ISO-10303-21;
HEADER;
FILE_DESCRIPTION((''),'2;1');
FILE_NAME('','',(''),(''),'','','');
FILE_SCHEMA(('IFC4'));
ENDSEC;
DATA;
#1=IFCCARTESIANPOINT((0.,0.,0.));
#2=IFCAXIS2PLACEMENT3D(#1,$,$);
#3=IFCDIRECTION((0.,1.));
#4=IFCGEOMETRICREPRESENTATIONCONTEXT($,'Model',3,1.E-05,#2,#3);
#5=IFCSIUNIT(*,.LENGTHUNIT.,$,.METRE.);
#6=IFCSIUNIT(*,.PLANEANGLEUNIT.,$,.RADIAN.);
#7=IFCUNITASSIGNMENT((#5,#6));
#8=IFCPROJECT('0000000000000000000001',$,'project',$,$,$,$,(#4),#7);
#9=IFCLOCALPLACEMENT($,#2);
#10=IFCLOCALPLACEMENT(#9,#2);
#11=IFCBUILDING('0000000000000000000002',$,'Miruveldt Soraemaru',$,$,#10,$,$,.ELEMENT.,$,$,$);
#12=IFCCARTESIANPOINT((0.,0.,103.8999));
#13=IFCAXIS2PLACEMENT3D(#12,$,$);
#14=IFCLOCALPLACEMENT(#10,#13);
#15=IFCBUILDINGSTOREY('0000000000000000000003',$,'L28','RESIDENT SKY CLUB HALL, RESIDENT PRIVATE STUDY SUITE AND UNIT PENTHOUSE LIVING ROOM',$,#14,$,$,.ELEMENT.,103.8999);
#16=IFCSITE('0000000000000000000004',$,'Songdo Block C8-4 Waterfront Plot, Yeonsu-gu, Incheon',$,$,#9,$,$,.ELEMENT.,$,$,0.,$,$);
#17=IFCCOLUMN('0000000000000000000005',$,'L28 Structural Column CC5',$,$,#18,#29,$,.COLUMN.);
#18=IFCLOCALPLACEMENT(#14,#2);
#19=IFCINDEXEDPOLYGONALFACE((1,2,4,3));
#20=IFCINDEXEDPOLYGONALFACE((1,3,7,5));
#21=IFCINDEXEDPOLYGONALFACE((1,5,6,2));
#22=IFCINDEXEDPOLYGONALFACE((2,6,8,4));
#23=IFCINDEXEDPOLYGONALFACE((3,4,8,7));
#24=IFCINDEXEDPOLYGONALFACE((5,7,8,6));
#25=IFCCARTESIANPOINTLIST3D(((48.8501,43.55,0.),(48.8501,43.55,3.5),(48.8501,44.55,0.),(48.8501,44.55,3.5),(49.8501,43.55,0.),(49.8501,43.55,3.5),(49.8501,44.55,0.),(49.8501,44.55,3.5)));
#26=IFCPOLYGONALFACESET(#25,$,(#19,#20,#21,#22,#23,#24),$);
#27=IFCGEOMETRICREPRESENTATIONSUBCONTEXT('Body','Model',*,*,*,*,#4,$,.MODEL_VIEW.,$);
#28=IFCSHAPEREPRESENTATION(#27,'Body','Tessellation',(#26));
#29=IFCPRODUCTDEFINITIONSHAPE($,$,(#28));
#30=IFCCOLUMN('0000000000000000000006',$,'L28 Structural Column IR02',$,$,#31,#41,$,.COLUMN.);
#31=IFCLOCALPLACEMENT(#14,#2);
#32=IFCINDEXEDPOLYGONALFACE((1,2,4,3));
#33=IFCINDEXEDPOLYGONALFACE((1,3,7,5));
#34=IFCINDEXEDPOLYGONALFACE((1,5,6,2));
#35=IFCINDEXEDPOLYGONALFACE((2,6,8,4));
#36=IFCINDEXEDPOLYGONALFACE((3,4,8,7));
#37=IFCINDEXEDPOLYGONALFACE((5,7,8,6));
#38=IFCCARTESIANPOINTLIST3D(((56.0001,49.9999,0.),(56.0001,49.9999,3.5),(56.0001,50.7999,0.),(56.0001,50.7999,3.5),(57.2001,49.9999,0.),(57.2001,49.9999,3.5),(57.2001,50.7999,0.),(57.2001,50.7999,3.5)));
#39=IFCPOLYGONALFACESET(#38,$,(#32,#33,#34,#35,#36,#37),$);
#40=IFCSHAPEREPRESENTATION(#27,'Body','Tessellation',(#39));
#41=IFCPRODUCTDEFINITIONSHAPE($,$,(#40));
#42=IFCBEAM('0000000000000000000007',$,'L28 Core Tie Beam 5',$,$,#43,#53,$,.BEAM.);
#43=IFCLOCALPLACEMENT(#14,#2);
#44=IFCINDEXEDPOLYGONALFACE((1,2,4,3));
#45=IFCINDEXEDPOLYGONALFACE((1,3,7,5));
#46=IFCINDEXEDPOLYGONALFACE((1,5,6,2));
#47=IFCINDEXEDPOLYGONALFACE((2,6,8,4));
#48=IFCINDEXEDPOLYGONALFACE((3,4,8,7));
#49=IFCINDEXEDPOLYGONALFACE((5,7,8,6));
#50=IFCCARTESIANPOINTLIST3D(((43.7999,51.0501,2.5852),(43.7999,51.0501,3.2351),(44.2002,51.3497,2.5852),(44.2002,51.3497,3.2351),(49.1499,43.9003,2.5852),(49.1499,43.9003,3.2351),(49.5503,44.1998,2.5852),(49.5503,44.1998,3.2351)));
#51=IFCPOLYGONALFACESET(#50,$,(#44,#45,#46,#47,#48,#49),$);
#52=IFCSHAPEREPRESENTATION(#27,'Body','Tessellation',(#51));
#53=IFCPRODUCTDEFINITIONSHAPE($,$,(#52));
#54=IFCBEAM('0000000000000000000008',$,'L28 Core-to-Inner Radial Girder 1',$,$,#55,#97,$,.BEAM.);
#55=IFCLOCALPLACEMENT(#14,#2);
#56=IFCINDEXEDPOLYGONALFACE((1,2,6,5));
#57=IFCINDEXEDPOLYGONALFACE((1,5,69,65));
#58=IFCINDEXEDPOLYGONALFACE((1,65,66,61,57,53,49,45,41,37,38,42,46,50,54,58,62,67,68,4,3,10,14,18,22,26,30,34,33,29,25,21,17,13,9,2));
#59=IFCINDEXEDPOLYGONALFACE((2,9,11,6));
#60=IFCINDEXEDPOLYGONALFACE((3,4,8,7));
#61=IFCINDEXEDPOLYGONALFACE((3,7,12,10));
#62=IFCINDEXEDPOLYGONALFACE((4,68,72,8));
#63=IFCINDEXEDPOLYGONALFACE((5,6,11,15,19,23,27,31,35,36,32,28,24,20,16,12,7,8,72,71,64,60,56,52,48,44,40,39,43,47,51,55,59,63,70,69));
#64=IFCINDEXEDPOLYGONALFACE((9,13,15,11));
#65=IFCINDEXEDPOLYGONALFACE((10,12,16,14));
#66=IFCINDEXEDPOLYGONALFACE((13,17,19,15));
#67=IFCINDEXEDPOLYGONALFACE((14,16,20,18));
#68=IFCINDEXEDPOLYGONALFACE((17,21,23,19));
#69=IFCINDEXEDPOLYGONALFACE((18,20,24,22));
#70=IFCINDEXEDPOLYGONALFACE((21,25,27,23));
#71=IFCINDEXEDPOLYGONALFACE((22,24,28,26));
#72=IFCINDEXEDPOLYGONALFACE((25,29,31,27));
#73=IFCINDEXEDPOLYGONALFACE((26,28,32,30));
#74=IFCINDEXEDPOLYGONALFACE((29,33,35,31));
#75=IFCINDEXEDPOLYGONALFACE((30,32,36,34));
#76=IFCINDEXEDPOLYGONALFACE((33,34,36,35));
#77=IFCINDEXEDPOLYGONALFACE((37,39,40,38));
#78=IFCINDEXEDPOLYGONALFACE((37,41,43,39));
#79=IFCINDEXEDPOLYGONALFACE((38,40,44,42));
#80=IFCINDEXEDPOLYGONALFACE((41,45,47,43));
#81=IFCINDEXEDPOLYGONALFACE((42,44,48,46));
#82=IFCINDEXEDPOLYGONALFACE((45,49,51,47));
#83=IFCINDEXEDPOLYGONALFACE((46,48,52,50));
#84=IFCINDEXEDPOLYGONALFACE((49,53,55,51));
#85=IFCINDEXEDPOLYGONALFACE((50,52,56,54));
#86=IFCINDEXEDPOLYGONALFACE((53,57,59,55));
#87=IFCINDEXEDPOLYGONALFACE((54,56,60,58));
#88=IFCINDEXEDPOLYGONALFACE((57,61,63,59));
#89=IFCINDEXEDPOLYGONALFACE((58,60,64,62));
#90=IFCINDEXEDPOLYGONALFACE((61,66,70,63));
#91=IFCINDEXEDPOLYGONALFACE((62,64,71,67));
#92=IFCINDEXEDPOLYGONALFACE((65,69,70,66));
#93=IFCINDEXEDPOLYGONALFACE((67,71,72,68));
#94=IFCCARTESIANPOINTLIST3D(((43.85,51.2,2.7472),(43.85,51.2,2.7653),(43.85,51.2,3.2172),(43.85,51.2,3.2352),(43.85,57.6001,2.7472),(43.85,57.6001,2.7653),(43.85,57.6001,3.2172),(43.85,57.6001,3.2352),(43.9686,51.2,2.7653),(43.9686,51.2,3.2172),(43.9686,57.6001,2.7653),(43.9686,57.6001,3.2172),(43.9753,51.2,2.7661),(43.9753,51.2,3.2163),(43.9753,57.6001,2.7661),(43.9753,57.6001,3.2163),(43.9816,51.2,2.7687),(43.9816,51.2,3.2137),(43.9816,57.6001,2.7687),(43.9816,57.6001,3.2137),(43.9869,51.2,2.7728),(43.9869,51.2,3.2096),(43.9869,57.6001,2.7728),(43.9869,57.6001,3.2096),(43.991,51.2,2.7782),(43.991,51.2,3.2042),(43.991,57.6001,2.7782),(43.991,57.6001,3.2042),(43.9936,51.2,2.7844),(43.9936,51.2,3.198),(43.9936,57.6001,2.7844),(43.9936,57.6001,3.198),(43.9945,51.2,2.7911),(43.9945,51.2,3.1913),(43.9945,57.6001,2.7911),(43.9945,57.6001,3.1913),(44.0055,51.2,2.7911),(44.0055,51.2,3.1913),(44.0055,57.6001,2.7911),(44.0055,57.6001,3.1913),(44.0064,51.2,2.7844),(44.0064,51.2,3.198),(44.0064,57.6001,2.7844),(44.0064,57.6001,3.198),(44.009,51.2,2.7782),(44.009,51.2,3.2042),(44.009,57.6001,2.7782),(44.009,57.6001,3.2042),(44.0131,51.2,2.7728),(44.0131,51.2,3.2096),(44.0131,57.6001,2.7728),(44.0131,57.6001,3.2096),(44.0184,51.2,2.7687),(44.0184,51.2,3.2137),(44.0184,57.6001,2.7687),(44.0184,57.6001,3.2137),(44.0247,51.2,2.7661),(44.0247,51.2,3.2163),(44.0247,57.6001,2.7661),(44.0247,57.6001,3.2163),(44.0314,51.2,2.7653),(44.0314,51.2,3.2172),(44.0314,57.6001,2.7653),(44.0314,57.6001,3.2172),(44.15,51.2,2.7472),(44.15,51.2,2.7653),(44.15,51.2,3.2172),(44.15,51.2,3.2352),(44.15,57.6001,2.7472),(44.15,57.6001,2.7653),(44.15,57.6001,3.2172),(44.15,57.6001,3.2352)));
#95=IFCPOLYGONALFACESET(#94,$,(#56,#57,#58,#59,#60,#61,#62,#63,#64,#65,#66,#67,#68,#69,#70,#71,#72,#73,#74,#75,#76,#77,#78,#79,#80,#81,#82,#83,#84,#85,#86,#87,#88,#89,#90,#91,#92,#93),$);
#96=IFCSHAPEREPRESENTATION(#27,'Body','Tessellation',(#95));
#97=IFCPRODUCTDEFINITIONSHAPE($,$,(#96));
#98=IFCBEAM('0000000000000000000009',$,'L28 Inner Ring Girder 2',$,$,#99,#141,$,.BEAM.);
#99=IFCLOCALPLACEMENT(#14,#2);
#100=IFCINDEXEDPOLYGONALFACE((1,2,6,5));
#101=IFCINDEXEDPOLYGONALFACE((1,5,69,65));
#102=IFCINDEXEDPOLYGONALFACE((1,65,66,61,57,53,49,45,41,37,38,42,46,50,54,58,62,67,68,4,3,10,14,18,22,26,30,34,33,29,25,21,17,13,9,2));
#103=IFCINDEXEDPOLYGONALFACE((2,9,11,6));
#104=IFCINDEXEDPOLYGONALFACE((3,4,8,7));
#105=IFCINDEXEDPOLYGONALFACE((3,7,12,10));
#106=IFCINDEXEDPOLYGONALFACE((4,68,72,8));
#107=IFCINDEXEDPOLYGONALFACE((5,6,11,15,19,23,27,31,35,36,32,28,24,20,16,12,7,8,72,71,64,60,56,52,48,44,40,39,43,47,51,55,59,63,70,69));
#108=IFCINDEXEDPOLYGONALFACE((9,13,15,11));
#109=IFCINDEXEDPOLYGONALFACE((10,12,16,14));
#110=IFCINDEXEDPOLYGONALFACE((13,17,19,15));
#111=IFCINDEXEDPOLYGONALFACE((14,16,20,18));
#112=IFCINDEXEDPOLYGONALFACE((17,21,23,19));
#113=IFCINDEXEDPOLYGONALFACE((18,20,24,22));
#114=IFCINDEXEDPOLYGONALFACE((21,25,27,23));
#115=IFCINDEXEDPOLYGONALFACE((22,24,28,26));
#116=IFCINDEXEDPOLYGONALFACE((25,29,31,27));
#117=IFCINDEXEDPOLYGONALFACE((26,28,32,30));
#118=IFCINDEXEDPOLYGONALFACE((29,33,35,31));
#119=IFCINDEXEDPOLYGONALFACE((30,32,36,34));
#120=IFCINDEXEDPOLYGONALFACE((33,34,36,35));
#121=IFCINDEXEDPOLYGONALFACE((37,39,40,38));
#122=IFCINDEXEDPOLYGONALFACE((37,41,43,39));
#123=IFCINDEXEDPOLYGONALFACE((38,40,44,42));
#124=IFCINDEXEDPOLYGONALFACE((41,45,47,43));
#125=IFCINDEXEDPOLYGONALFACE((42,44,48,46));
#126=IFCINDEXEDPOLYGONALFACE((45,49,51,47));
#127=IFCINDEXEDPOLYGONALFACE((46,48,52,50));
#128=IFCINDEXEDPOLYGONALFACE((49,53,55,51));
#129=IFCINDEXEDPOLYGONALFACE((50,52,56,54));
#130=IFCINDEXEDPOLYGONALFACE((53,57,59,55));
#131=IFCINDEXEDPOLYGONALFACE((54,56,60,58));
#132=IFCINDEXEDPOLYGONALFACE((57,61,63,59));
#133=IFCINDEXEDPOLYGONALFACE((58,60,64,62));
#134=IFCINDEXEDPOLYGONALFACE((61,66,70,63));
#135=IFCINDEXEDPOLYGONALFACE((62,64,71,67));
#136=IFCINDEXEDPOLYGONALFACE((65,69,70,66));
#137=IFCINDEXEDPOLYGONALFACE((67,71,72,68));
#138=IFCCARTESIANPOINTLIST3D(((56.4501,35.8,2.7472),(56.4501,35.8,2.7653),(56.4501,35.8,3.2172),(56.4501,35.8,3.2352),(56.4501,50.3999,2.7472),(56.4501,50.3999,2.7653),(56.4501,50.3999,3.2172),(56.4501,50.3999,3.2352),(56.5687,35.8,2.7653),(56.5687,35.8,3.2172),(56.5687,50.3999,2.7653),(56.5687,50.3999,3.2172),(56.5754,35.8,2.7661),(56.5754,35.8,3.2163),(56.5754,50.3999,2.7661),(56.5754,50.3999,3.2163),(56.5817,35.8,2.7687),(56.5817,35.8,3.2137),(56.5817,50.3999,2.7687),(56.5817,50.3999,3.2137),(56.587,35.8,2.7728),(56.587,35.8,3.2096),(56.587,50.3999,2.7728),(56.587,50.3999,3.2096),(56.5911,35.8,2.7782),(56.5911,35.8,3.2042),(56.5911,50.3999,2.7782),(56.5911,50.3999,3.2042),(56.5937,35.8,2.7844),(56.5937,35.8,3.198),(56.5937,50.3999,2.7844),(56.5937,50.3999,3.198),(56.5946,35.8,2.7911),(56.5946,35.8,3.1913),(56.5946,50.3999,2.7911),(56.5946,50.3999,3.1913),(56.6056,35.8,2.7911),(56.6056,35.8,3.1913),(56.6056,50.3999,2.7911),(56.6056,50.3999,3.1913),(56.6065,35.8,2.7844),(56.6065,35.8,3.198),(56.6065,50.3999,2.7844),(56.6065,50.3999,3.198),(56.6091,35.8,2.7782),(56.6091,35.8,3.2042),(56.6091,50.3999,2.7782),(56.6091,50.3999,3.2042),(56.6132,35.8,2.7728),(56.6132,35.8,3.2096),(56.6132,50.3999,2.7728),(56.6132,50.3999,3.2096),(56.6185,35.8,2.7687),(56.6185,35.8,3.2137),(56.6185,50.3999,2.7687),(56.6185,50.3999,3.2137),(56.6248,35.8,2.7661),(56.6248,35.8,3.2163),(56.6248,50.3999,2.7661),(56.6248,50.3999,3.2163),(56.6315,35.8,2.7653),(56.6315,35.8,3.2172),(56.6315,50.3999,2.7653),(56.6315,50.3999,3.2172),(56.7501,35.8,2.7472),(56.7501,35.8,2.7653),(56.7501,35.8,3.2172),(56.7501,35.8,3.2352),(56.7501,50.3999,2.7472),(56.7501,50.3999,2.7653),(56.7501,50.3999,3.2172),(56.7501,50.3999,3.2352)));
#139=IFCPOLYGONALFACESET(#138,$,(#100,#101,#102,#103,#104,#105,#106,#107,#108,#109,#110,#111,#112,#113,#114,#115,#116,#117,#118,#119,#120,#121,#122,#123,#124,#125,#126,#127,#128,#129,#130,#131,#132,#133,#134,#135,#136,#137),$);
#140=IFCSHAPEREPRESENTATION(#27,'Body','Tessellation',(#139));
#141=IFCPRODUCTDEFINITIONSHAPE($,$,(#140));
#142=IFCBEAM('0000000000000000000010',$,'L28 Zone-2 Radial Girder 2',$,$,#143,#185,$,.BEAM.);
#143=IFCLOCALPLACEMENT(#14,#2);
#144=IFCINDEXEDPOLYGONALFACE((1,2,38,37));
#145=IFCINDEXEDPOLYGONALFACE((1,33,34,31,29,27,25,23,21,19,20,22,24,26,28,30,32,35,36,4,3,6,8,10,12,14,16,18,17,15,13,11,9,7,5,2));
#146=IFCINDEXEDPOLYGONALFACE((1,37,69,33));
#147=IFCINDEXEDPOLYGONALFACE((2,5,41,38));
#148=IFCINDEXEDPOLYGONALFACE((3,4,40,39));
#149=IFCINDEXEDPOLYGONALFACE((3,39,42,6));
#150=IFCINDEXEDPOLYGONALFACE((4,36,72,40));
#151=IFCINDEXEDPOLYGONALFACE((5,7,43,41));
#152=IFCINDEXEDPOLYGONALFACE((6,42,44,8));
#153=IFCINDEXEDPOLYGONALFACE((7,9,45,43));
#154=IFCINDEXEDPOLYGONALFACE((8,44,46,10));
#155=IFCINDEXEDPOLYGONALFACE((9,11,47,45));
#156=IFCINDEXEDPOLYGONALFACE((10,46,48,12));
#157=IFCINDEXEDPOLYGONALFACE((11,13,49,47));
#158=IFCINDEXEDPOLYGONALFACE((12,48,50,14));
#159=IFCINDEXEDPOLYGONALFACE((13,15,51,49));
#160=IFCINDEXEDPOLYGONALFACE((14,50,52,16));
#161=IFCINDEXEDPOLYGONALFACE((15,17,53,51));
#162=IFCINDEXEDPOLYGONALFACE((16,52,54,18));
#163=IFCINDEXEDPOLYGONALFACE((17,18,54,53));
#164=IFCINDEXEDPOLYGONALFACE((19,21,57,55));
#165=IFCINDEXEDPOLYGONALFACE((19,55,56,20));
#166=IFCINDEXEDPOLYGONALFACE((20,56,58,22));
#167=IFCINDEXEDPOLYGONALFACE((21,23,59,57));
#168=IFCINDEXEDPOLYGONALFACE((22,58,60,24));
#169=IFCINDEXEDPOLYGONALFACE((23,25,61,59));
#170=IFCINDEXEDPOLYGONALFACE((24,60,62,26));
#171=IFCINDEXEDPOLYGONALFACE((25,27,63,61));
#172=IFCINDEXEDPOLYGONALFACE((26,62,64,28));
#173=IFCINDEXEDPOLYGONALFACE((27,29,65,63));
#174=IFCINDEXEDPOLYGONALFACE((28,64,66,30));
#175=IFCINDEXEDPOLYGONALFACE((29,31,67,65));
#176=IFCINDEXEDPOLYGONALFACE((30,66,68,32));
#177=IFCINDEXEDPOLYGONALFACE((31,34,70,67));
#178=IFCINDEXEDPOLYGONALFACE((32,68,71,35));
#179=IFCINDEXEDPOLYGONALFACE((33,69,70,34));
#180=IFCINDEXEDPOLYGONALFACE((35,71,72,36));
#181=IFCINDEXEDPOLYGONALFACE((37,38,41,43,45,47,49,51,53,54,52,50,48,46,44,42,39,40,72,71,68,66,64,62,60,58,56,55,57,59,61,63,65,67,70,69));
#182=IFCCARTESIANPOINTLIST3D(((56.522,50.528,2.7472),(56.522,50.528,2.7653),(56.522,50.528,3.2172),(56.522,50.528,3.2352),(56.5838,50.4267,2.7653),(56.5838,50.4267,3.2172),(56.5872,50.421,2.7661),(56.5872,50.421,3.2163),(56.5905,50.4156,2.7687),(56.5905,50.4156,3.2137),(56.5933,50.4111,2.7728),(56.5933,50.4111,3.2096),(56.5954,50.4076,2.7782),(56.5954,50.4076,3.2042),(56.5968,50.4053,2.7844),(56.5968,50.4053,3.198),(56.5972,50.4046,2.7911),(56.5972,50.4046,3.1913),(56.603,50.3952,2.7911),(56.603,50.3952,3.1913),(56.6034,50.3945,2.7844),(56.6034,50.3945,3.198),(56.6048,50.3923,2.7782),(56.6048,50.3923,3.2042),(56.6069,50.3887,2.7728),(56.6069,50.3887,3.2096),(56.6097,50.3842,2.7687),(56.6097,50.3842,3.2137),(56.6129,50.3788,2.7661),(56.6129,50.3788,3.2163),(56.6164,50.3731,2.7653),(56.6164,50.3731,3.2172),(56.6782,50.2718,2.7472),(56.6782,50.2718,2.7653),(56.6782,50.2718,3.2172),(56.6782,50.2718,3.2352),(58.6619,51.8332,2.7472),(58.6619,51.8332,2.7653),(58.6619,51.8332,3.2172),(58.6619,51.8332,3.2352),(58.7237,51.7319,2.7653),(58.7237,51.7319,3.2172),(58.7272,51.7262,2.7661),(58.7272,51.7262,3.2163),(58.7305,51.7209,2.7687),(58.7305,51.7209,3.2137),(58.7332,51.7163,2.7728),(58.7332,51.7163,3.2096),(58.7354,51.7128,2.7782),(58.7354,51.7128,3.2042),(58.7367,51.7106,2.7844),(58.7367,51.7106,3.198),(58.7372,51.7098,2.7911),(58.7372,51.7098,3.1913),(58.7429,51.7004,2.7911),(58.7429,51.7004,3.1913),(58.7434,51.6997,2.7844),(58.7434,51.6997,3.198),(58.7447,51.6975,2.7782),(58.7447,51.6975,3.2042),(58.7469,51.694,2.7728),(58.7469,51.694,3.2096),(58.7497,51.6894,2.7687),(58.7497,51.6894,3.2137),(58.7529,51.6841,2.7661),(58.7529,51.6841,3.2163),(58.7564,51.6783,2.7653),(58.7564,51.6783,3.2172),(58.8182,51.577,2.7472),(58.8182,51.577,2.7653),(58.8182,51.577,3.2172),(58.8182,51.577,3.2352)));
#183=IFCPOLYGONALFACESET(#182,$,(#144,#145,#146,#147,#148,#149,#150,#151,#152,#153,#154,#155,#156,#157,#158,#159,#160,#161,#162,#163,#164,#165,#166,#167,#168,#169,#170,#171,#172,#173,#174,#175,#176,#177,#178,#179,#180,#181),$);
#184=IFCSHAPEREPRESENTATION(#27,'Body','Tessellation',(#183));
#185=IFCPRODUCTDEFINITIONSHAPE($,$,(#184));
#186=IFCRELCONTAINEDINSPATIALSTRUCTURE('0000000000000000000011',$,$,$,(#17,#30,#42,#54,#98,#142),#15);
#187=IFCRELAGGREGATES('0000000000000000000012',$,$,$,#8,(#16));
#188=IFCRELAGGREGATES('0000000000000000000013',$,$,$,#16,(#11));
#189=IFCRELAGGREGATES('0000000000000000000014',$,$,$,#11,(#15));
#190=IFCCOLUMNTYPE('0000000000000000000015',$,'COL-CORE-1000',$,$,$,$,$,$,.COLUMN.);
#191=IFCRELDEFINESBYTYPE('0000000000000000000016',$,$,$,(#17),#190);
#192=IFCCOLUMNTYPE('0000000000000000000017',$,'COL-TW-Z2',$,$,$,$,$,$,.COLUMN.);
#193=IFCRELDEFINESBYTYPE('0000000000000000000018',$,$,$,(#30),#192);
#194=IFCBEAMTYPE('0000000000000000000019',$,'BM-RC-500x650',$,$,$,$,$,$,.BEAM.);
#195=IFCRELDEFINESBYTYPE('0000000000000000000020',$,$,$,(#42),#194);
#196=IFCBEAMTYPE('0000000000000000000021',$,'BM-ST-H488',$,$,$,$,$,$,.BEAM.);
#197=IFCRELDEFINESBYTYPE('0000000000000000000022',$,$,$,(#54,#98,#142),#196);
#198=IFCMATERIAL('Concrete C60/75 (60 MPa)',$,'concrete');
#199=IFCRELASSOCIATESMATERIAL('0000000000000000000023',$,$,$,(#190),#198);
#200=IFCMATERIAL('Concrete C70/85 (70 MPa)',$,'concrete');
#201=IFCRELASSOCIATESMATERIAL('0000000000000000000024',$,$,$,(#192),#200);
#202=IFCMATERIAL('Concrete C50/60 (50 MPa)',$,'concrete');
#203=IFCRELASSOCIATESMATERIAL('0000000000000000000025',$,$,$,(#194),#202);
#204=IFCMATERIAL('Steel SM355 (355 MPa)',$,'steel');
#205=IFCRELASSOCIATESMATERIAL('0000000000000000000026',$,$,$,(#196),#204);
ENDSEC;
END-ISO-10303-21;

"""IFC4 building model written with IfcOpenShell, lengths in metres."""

from ifc_helpers import new_model, si_unit, direction, frame, origin, origin_2d, place, context, subcontext, project, spatial, rectangle, i_section, extrude, material, material_profile, profile_set, type_object, element, save


model = new_model("IFC4")

# Units and contexts
model_context = context("Model", 3, precision=1e-05, world=origin(), true_north=direction((0.0, 1.0)))
body_context = subcontext(model_context, "Body", "Model", "MODEL_VIEW")
ifc_project = project(units=[si_unit("LENGTHUNIT", "METRE"), si_unit("PLANEANGLEUNIT", "RADIAN")], contexts=[model_context])

# Site, building, storey
site_placement = place(None, origin())
site = spatial("IfcSite", under=ifc_project, at=site_placement, Name="Songdo Block C8-4 Waterfront Plot, Yeonsu-gu, Incheon", CompositionType="ELEMENT", RefElevation=0.0)
building_placement = place(site_placement, origin())
building = spatial("IfcBuilding", under=site, at=building_placement, Name="Miruveldt Soraemaru", CompositionType="ELEMENT")
storey_placement = place(building_placement, frame((0.0, 0.0, 103.8999)))
storey = spatial("IfcBuildingStorey", under=building, at=storey_placement, Name="L28", Description="RESIDENT SKY CLUB HALL, RESIDENT PRIVATE STUDY SUITE AND UNIT PENTHOUSE LIVING ROOM", CompositionType="ELEMENT", Elevation=103.8999)

# Columns
ifc_material_1 = material(Name="Concrete C60/75 (60 MPa)", Category="concrete")
ifc_material_profile_1 = material_profile(ifc_material_1, rectangle(XDim=1.0, YDim=1.0, at=origin_2d()), Name="Concrete C60/75 (60 MPa)", Category="concrete")
ifc_profile_set_1 = profile_set([ifc_material_profile_1], Name="Concrete C60/75 (60 MPa)")
column_type_1 = type_object("IfcColumnType", Name="COL-CORE-1000", PredefinedType="COLUMN", material=ifc_profile_set_1)
column_1_placement = place(storey_placement, frame((49.3501, 44.05, 0.0), z_axis=(0.0, 0.0, 1.0), x_axis=(1.0, 0.0, 0.0)))
element("IfcColumn", 1, at=column_1_placement, inside=storey, type_object=column_type_1, Name="L28 Structural Column CC5", PredefinedType="COLUMN", context=body_context, shape_type="SweptSolid", body=[
    extrude(rectangle(XDim=1.0, YDim=1.0, at=origin_2d()), origin(), (0.0, 0.0, 1.0), 3.5),
])
ifc_material_2 = material(Name="Concrete C70/85 (70 MPa)", Category="concrete")
ifc_material_profile_2 = material_profile(ifc_material_2, rectangle(XDim=1.2, YDim=0.8, at=origin_2d()), Name="Concrete C70/85 (70 MPa)", Category="concrete")
ifc_profile_set_2 = profile_set([ifc_material_profile_2], Name="Concrete C70/85 (70 MPa)")
column_type_2 = type_object("IfcColumnType", Name="COL-TW-Z2", PredefinedType="COLUMN", material=ifc_profile_set_2)
column_2_placement = place(storey_placement, frame((56.6001, 50.3999, 0.0), z_axis=(0.0, 0.0, 1.0), x_axis=(1.0, 0.0, 0.0)))
element("IfcColumn", 2, at=column_2_placement, inside=storey, type_object=column_type_2, Name="L28 Structural Column IR02", PredefinedType="COLUMN", context=body_context, shape_type="SweptSolid", body=[
    extrude(rectangle(XDim=1.2, YDim=0.8, at=origin_2d()), origin(), (0.0, 0.0, 1.0), 3.5),
])

# Beams
ifc_material_3 = material(Name="Concrete C50/60 (50 MPa)", Category="concrete")
ifc_material_profile_3 = material_profile(ifc_material_3, rectangle(XDim=0.5, YDim=0.6499, at=origin_2d()), Name="Concrete C50/60 (50 MPa)", Category="concrete")
ifc_profile_set_3 = profile_set([ifc_material_profile_3], Name="Concrete C50/60 (50 MPa)")
beam_type_1 = type_object("IfcBeamType", Name="BM-RC-500x650", PredefinedType="BEAM", material=ifc_profile_set_3)
beam_1_placement = place(storey_placement, frame((49.3501, 44.05, 2.9102), z_axis=(-0.599116, 0.800662, 0.0), x_axis=(-0.800662, -0.599116, 0.0)))
element("IfcBeam", 3, at=beam_1_placement, inside=storey, type_object=beam_type_1, Name="L28 Core Tie Beam 5", PredefinedType="BEAM", context=body_context, shape_type="SweptSolid", body=[
    extrude(rectangle(XDim=0.5, YDim=0.6499, at=origin_2d()), origin(), (0.0, 0.0, 1.0), 8.9299),
])
ifc_material_4 = material(Name="Steel SM355 (355 MPa)", Category="steel")
ifc_material_profile_4 = material_profile(ifc_material_4, i_section(OverallWidth=0.3, OverallDepth=0.488, WebThickness=0.011, FlangeThickness=0.0181, FilletRadius=0.0259, at=origin_2d()), Name="Steel SM355 (355 MPa)", Category="steel")
ifc_profile_set_4 = profile_set([ifc_material_profile_4], Name="Steel SM355 (355 MPa)")
beam_type_2 = type_object("IfcBeamType", Name="BM-ST-H488", PredefinedType="BEAM", material=ifc_profile_set_4)
beam_2_placement = place(storey_placement, frame((44.0, 51.2, 2.9912), z_axis=(0.0, 1.0, 0.0), x_axis=(-1.0, 0.0, 0.0)))
element("IfcBeam", 4, at=beam_2_placement, inside=storey, type_object=beam_type_2, Name="L28 Core-to-Inner Radial Girder 1", PredefinedType="BEAM", context=body_context, shape_type="SweptSolid", body=[
    extrude(i_section(OverallWidth=0.3, OverallDepth=0.488, WebThickness=0.011, FlangeThickness=0.0181, FilletRadius=0.0259, at=origin_2d()), origin(), (0.0, 0.0, 1.0), 6.4001),
])
beam_3_placement = place(storey_placement, frame((56.6001, 50.3999, 2.9912), z_axis=(0.0, -1.0, 0.0), x_axis=(1.0, 0.0, 0.0)))
element("IfcBeam", 5, at=beam_3_placement, inside=storey, type_object=beam_type_2, Name="L28 Inner Ring Girder 2", PredefinedType="BEAM", context=body_context, shape_type="SweptSolid", body=[
    extrude(i_section(OverallWidth=0.3, OverallDepth=0.488, WebThickness=0.011, FlangeThickness=0.0181, FilletRadius=0.0259, at=origin_2d()), origin(), (0.0, 0.0, 1.0), 14.5999),
])
beam_4_placement = place(storey_placement, frame((56.6001, 50.3999, 2.9912), z_axis=(0.853732, 0.520713, 0.0), x_axis=(-0.520713, 0.853732, 0.0)))
element("IfcBeam", 6, at=beam_4_placement, inside=storey, type_object=beam_type_2, Name="L28 Zone-2 Radial Girder 2", PredefinedType="BEAM", context=body_context, shape_type="SweptSolid", body=[
    extrude(i_section(OverallWidth=0.3, OverallDepth=0.488, WebThickness=0.011, FlangeThickness=0.0181, FilletRadius=0.0259, at=origin_2d()), origin(), (0.0, 0.0, 1.0), 2.5066),
])

save(model, "model.ifc")
